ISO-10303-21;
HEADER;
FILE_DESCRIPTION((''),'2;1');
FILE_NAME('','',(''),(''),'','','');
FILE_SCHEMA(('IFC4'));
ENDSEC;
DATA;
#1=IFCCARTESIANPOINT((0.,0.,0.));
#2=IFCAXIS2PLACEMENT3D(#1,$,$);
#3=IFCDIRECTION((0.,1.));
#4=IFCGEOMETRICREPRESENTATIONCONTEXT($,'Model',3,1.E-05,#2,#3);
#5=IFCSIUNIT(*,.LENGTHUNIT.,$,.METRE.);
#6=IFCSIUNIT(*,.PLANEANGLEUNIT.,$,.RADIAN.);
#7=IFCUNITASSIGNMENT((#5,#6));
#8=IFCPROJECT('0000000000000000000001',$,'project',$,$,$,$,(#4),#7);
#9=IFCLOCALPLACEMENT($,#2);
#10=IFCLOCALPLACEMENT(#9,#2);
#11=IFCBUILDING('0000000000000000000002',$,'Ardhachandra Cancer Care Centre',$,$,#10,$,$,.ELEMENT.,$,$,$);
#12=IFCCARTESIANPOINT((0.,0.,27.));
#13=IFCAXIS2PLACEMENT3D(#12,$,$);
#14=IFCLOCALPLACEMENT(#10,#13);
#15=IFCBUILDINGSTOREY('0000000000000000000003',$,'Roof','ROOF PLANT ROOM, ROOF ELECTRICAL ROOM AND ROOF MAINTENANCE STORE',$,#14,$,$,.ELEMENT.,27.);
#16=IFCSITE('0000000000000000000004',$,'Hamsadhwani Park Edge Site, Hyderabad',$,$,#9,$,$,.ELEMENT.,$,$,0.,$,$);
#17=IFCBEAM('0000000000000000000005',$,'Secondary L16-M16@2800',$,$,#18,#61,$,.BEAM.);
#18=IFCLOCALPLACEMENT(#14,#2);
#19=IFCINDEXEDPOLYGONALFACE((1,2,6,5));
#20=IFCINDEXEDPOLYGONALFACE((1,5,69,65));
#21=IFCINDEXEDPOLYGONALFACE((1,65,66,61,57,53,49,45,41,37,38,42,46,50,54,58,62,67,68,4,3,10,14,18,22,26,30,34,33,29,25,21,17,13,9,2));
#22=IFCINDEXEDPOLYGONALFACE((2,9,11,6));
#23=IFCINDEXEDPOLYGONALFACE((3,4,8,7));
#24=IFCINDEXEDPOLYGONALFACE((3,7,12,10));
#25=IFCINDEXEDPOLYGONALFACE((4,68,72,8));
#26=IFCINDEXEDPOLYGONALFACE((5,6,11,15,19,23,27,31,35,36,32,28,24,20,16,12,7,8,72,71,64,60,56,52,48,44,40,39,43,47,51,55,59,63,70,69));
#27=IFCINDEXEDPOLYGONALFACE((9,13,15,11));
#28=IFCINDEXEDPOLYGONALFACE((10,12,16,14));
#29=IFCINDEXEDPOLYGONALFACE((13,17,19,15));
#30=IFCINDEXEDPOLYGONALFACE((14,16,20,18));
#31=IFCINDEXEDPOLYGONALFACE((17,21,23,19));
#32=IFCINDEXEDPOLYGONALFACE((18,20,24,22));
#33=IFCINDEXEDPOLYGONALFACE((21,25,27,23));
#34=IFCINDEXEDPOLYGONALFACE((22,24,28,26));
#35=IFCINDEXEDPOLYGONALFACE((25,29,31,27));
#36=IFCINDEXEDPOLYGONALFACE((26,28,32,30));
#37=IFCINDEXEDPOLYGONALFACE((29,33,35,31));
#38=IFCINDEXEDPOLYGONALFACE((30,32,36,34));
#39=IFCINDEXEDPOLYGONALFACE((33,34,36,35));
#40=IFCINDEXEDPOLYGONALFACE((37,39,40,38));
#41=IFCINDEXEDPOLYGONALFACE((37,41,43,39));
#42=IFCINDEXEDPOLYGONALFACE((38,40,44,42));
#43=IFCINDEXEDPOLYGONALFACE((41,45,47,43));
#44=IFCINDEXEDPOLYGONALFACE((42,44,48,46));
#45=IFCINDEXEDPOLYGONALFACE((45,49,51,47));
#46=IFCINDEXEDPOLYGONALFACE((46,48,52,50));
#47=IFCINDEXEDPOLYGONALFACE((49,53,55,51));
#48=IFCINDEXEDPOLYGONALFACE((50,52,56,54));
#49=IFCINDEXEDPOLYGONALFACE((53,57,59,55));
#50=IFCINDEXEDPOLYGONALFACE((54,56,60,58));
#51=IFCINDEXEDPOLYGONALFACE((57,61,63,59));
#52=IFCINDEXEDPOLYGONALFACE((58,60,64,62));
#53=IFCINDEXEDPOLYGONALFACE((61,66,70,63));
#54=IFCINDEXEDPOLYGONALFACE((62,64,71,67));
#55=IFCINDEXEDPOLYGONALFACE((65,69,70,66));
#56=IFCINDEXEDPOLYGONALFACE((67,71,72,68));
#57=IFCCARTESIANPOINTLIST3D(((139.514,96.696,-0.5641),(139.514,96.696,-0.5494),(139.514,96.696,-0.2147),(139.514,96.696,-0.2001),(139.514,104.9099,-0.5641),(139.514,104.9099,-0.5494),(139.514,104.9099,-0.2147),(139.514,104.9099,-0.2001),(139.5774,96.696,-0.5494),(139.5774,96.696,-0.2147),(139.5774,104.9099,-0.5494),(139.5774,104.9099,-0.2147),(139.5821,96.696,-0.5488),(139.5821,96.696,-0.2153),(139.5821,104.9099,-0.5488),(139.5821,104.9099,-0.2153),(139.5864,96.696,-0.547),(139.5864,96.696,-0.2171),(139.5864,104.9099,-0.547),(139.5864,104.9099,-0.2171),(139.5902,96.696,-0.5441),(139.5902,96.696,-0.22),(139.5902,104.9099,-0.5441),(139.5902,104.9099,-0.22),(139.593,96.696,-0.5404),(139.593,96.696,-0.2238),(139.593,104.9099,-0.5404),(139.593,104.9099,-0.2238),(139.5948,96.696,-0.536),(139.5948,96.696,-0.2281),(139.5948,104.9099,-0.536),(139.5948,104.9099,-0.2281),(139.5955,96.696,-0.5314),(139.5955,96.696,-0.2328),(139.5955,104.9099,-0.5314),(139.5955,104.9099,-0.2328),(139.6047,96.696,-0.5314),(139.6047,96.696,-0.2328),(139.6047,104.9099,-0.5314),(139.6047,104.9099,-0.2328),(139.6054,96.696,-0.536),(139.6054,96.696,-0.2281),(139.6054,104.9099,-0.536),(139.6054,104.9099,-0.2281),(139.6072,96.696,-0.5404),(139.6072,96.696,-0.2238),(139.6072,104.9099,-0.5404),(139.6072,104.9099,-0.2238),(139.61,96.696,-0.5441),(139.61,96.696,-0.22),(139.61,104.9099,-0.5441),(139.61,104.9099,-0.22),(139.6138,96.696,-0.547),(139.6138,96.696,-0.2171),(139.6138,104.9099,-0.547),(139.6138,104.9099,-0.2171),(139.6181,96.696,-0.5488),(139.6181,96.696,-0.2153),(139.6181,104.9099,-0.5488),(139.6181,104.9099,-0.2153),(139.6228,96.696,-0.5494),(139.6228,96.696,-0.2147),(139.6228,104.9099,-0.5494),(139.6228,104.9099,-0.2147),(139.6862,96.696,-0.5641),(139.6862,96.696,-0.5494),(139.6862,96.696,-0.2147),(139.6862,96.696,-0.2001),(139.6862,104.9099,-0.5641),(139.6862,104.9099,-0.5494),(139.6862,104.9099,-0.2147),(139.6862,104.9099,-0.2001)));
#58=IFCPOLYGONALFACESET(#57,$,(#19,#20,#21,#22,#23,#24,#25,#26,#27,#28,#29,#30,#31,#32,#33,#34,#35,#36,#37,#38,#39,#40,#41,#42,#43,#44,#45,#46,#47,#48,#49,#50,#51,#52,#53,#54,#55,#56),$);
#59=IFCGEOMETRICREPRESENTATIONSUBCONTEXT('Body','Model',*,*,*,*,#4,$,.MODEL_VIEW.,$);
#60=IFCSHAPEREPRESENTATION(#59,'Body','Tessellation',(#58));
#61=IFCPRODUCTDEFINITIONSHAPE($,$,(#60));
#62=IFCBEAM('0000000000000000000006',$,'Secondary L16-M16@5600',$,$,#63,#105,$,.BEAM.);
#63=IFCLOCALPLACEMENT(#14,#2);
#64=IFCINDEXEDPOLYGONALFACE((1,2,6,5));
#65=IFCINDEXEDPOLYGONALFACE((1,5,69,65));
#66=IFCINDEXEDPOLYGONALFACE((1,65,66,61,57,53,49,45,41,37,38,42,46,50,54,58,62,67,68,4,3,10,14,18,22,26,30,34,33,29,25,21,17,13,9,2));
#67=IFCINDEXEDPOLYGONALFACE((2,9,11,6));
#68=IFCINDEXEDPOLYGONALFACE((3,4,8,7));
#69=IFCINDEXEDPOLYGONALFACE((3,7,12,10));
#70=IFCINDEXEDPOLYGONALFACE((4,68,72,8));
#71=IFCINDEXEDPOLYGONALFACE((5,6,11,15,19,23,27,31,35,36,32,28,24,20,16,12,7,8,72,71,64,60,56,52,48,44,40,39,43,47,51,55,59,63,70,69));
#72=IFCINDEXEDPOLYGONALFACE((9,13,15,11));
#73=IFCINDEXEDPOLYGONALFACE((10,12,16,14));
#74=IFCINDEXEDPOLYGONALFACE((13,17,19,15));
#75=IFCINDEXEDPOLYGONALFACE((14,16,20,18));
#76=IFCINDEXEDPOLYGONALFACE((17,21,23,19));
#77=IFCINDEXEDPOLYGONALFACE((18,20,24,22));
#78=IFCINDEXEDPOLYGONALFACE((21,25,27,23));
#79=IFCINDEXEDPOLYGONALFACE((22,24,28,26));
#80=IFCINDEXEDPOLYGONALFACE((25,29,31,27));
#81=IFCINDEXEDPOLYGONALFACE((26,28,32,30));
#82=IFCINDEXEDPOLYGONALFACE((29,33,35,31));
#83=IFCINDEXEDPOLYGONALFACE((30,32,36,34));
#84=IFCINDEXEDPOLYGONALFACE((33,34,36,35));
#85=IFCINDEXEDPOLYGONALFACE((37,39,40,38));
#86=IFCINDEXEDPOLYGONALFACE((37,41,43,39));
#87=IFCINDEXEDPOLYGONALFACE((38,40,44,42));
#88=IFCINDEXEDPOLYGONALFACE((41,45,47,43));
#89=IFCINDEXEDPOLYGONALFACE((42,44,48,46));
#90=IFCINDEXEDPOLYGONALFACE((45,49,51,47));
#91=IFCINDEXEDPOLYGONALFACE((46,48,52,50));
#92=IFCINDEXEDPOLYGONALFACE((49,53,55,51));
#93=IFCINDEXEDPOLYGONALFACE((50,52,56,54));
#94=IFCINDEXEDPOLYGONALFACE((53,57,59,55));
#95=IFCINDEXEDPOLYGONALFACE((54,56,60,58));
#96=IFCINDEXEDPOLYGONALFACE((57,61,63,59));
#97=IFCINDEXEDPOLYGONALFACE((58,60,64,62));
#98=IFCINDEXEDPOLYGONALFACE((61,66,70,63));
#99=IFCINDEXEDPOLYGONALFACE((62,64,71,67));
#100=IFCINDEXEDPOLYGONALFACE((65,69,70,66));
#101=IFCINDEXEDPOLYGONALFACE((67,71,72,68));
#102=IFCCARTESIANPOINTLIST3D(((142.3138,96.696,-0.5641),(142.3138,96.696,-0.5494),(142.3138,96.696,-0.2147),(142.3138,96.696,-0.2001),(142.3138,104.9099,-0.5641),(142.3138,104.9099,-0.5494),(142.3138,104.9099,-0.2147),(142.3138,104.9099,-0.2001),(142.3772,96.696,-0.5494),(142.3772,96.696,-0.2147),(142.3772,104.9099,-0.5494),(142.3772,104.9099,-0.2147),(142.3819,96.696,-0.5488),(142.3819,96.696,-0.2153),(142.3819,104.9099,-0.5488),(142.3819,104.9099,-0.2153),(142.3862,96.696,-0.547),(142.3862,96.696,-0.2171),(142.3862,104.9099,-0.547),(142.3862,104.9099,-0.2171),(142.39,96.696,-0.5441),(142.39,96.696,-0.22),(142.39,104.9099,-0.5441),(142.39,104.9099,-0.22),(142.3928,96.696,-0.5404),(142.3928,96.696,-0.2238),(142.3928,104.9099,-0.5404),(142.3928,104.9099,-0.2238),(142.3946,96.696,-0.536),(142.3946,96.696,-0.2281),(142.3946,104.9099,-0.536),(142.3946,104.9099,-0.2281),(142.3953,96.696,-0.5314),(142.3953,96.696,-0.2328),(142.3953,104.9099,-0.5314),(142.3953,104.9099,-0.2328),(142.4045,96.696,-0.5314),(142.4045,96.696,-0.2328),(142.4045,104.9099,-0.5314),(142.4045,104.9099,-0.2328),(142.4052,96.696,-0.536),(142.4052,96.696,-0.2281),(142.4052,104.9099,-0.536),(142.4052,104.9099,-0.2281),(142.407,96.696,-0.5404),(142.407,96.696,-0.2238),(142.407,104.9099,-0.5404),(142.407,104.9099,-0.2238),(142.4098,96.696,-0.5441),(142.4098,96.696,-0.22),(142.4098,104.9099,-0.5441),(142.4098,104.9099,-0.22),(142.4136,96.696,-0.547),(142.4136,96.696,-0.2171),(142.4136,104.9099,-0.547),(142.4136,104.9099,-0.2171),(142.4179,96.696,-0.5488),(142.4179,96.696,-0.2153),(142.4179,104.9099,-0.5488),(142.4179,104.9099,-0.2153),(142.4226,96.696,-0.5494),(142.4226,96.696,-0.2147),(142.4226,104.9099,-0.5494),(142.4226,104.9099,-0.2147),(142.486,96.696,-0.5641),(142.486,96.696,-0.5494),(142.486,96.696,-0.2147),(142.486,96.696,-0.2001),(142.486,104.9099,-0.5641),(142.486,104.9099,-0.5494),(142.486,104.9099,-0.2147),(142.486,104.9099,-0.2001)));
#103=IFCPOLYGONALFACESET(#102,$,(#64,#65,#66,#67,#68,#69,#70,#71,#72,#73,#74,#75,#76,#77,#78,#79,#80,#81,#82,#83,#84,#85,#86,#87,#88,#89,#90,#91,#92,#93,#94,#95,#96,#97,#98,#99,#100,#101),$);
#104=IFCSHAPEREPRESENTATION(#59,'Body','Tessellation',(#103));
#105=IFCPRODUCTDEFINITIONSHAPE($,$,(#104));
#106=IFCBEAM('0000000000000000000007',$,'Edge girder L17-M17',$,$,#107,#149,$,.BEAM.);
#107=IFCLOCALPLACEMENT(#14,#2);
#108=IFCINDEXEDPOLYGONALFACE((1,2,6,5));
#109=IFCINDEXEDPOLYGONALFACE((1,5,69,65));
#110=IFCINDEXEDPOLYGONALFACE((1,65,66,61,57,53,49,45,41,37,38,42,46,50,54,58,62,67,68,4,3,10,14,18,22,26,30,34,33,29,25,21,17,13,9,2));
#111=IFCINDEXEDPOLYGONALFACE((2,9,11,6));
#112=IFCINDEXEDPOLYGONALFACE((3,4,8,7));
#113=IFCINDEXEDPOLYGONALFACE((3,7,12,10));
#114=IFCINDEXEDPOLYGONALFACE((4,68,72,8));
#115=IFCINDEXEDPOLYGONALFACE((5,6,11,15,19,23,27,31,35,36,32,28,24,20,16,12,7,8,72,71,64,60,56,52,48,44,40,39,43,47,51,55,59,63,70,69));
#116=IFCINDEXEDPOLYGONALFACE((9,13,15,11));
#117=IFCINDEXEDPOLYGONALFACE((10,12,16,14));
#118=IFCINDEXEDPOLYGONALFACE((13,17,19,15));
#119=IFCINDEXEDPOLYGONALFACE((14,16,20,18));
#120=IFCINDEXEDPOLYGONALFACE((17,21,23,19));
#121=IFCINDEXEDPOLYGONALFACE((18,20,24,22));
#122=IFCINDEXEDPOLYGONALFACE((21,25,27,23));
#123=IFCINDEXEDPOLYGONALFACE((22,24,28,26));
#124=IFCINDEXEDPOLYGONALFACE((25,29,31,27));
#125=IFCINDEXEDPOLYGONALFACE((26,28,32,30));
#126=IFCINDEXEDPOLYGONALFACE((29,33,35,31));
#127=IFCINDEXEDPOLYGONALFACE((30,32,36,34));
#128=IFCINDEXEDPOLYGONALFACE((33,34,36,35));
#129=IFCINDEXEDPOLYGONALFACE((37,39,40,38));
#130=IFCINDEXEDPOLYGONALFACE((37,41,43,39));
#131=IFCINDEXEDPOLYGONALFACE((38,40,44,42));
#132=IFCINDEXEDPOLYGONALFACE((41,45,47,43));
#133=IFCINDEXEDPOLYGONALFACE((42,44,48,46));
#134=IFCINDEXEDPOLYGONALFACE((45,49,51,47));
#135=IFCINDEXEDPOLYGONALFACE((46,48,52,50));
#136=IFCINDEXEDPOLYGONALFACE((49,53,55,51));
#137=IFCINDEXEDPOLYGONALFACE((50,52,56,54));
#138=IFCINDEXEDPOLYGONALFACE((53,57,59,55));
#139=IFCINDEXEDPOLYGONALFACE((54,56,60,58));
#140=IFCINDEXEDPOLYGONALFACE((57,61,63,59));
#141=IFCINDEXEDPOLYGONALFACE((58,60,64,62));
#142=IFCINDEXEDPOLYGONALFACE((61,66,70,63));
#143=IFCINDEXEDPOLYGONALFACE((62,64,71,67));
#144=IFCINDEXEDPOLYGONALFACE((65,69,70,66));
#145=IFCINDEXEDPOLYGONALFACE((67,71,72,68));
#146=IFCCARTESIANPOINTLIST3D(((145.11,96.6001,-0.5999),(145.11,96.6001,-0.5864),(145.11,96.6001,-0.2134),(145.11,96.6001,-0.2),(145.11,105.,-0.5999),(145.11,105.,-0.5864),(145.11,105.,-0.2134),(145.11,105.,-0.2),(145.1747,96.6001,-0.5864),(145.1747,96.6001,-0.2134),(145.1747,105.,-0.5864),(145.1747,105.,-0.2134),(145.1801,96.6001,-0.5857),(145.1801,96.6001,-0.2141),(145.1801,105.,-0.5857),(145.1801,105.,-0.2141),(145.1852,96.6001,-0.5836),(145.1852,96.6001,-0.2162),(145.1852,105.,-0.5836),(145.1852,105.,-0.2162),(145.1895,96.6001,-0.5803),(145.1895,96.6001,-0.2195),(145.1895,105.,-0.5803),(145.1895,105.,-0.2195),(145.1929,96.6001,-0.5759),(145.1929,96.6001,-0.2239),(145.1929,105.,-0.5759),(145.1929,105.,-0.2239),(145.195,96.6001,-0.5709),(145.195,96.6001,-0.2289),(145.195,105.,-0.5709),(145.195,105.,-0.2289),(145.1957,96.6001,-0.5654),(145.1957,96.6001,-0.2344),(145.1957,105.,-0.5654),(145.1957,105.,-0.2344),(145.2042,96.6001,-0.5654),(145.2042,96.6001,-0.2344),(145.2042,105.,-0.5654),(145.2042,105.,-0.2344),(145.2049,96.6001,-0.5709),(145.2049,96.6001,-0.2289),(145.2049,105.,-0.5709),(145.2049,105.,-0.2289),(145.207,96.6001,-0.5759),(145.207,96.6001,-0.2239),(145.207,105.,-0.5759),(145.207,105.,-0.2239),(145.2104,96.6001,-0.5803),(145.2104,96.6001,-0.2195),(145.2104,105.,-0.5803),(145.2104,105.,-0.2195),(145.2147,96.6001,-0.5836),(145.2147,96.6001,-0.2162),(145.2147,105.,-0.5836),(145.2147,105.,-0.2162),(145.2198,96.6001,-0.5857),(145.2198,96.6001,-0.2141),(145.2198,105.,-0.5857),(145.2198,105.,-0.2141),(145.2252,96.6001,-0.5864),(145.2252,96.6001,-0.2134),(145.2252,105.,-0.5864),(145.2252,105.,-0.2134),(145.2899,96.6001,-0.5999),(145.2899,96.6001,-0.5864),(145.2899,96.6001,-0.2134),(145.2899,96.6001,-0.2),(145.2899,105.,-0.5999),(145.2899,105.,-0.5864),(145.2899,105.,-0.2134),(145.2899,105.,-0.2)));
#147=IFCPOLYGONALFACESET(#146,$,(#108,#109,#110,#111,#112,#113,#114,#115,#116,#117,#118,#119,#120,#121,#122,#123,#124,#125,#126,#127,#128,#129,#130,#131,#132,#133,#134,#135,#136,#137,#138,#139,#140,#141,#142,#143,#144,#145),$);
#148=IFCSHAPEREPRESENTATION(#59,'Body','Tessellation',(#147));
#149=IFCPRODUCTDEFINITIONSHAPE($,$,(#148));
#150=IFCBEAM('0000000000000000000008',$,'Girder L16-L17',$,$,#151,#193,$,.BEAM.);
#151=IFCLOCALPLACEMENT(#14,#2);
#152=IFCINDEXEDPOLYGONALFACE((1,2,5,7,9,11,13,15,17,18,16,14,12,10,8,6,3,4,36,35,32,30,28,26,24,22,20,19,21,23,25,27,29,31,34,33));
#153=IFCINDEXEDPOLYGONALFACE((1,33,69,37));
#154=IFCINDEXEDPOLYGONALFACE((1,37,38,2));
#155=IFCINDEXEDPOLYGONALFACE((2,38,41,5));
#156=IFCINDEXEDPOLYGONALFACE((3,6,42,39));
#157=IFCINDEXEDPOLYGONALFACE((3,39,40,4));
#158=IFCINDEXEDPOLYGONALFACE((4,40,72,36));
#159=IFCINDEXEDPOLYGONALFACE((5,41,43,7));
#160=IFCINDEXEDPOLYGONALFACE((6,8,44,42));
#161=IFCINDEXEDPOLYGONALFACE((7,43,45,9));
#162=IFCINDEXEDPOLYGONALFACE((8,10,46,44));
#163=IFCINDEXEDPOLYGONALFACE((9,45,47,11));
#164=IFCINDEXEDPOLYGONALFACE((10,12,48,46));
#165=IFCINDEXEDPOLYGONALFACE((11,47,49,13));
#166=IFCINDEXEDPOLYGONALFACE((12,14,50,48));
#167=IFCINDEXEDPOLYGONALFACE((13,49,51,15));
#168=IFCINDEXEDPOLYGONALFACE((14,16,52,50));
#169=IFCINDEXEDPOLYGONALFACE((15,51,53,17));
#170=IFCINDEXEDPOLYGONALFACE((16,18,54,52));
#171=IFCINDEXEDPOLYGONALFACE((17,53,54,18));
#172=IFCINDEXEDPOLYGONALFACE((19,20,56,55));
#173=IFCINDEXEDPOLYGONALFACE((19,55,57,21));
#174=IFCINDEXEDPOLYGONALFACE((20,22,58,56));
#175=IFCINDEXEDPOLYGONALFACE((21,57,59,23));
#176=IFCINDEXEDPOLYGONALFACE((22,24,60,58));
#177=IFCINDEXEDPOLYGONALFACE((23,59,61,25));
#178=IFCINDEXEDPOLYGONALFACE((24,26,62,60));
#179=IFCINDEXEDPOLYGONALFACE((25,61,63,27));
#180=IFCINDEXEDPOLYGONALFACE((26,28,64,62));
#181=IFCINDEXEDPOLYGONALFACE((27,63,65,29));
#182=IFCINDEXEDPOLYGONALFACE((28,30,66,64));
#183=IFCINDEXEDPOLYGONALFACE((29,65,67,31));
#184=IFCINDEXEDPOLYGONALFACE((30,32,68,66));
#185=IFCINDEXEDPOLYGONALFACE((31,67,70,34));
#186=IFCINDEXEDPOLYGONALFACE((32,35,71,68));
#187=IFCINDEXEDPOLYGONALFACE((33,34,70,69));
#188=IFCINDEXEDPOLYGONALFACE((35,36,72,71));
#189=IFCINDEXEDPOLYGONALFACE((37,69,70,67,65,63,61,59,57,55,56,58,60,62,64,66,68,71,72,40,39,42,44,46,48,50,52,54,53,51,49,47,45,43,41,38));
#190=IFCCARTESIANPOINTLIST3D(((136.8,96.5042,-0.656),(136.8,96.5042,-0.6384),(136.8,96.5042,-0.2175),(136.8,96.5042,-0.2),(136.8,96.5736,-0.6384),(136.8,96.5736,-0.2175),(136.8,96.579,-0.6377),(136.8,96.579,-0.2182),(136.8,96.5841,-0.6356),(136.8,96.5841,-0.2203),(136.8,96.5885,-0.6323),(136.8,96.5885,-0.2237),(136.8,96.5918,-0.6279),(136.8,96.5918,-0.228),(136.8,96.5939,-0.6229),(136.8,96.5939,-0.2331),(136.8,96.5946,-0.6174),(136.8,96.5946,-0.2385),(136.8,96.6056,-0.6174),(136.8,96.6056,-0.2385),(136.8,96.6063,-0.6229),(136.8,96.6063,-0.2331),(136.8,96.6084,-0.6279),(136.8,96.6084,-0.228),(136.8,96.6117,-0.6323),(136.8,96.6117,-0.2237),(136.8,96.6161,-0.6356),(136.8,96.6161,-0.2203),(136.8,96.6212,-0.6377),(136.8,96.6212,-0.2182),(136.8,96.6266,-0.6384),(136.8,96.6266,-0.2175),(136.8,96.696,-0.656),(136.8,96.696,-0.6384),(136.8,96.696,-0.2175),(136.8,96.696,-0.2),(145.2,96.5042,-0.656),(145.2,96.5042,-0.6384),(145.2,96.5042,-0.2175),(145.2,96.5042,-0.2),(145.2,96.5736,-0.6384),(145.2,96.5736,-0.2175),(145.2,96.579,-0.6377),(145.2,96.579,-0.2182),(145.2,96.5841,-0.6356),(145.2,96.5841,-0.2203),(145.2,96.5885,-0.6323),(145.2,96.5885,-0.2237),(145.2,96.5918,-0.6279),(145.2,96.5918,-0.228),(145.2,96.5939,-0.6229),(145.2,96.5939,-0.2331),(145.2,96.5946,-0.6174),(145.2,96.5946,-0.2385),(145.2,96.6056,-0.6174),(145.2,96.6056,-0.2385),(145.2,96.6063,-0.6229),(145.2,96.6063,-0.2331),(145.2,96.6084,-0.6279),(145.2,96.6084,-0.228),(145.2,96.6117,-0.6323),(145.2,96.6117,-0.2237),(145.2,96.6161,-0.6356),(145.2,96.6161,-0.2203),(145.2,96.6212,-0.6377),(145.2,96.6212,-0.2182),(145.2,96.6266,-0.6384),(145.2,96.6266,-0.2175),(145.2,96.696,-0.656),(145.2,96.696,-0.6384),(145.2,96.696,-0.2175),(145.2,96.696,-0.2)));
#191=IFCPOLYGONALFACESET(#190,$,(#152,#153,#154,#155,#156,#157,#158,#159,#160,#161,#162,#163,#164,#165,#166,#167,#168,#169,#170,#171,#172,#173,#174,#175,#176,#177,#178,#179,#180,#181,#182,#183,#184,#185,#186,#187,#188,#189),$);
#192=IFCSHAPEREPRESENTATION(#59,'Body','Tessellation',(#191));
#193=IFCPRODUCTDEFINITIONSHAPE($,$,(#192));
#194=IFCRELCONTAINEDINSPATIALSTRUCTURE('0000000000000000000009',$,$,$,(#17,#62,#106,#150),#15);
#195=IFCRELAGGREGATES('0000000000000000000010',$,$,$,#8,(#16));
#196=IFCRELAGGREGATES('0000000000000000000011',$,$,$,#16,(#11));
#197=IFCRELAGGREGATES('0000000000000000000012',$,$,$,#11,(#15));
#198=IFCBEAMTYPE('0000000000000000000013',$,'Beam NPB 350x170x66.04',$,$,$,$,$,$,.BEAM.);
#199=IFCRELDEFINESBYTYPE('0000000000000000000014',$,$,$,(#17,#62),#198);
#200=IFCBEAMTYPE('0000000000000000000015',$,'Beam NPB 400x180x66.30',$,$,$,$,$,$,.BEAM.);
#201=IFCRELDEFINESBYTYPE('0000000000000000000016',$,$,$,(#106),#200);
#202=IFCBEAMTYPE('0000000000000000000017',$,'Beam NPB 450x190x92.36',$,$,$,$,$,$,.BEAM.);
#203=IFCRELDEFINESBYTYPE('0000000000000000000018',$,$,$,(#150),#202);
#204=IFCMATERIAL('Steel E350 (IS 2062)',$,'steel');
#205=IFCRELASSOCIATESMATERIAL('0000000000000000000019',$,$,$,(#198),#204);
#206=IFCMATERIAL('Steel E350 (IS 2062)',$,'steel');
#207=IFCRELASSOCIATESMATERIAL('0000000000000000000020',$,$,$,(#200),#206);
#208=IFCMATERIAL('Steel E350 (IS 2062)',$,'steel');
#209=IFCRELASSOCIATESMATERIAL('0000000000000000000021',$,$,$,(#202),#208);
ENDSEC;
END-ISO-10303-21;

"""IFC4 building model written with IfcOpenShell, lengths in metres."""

from ifc_helpers import new_model, si_unit, direction, frame, origin, origin_2d, place, context, subcontext, project, spatial, i_section, extrude, material, material_profile, profile_set, type_object, element, save


model = new_model("IFC4")

# Units and contexts
model_context = context("Model", 3, precision=1e-05, world=origin(), true_north=direction((0.0, 1.0)))
body_context = subcontext(model_context, "Body", "Model", "MODEL_VIEW")
ifc_project = project(units=[si_unit("LENGTHUNIT", "METRE"), si_unit("PLANEANGLEUNIT", "RADIAN")], contexts=[model_context])

# Site, building, storey
site_placement = place(None, origin())
site = spatial("IfcSite", under=ifc_project, at=site_placement, Name="Hamsadhwani Park Edge Site, Hyderabad", CompositionType="ELEMENT", RefElevation=0.0)
building_placement = place(site_placement, origin())
building = spatial("IfcBuilding", under=site, at=building_placement, Name="Ardhachandra Cancer Care Centre", CompositionType="ELEMENT")
storey_placement = place(building_placement, frame((0.0, 0.0, 27.0)))
storey = spatial("IfcBuildingStorey", under=building, at=storey_placement, Name="Roof", Description="ROOF PLANT ROOM, ROOF ELECTRICAL ROOM AND ROOF MAINTENANCE STORE", CompositionType="ELEMENT", Elevation=27.0)

# Beams
ifc_material_1 = material(Name="Steel E350 (IS 2062)", Category="steel")
ifc_material_profile_1 = material_profile(ifc_material_1, i_section(OverallWidth=0.1721, OverallDepth=0.364, WebThickness=0.0093, FlangeThickness=0.0146, FilletRadius=0.0181, at=origin_2d()), Name="NPB 350x170x66.04")
ifc_profile_set_1 = profile_set([ifc_material_profile_1], Name="Steel E350 (IS 2062)")
beam_type_1 = type_object("IfcBeamType", Name="Beam NPB 350x170x66.04", PredefinedType="BEAM", material=ifc_profile_set_1)
for number, where, z_axis, x_axis, name in (
    (1, (139.6001, 96.696, -0.3821), (0.0, 1.0, 0.0), (-1.0, 0.0, 0.0), "Secondary L16-M16@2800"),
    (2, (142.3999, 96.696, -0.3821), (0.0, 1.0, 0.0), (-1.0, 0.0, 0.0), "Secondary L16-M16@5600"),
):
    element("IfcBeam", number, at=place(storey_placement, frame(where, z_axis=z_axis, x_axis=x_axis)), inside=storey, type_object=beam_type_1, Name=name, PredefinedType="BEAM", context=body_context, shape_type="SweptSolid", body=[
        extrude(i_section(OverallWidth=0.1721, OverallDepth=0.364, WebThickness=0.0093, FlangeThickness=0.0146, FilletRadius=0.0181, at=origin_2d()), origin(), (0.0, 0.0, 1.0), 8.2139),
    ])
ifc_material_2 = material(Name="Steel E350 (IS 2062)", Category="steel")
ifc_material_profile_2 = material_profile(ifc_material_2, i_section(OverallWidth=0.1799, OverallDepth=0.3999, WebThickness=0.0085, FlangeThickness=0.0134, FilletRadius=0.021, at=origin_2d()), Name="NPB 400x180x66.30")
ifc_profile_set_2 = profile_set([ifc_material_profile_2], Name="Steel E350 (IS 2062)")
beam_type_2 = type_object("IfcBeamType", Name="Beam NPB 400x180x66.30", PredefinedType="BEAM", material=ifc_profile_set_2)
beam_placement = place(storey_placement, frame((145.2, 96.6001, -0.3999), z_axis=(0.0, 1.0, 0.0), x_axis=(-1.0, 0.0, 0.0)))
element("IfcBeam", 3, at=beam_placement, inside=storey, type_object=beam_type_2, Name="Edge girder L17-M17", PredefinedType="BEAM", context=body_context, shape_type="SweptSolid", body=[
    extrude(i_section(OverallWidth=0.1799, OverallDepth=0.3999, WebThickness=0.0085, FlangeThickness=0.0134, FilletRadius=0.021, at=origin_2d()), origin(), (0.0, 0.0, 1.0), 8.3999),
])
ifc_material_3 = material(Name="Steel E350 (IS 2062)", Category="steel")
ifc_material_profile_3 = material_profile(ifc_material_3, i_section(OverallWidth=0.1919, OverallDepth=0.4561, WebThickness=0.011, FlangeThickness=0.0176, FilletRadius=0.021, at=origin_2d()), Name="NPB 450x190x92.36")
ifc_profile_set_3 = profile_set([ifc_material_profile_3], Name="Steel E350 (IS 2062)")
beam_type_3 = type_object("IfcBeamType", Name="Beam NPB 450x190x92.36", PredefinedType="BEAM", material=ifc_profile_set_3)
for number, where, z_axis, x_axis, name in (
    (4, (136.8, 96.6001, -0.428), (1.0, 0.0, 0.0), (0.0, 1.0, 0.0), "Girder L16-L17"),
):
    element("IfcBeam", number, at=place(storey_placement, frame(where, z_axis=z_axis, x_axis=x_axis)), inside=storey, type_object=beam_type_3, Name=name, PredefinedType="BEAM", context=body_context, shape_type="SweptSolid", body=[
        extrude(i_section(OverallWidth=0.1919, OverallDepth=0.4561, WebThickness=0.011, FlangeThickness=0.0176, FilletRadius=0.021, at=origin_2d()), origin(), (0.0, 0.0, 1.0), 8.3999),
    ])

save(model, "model.ifc")
